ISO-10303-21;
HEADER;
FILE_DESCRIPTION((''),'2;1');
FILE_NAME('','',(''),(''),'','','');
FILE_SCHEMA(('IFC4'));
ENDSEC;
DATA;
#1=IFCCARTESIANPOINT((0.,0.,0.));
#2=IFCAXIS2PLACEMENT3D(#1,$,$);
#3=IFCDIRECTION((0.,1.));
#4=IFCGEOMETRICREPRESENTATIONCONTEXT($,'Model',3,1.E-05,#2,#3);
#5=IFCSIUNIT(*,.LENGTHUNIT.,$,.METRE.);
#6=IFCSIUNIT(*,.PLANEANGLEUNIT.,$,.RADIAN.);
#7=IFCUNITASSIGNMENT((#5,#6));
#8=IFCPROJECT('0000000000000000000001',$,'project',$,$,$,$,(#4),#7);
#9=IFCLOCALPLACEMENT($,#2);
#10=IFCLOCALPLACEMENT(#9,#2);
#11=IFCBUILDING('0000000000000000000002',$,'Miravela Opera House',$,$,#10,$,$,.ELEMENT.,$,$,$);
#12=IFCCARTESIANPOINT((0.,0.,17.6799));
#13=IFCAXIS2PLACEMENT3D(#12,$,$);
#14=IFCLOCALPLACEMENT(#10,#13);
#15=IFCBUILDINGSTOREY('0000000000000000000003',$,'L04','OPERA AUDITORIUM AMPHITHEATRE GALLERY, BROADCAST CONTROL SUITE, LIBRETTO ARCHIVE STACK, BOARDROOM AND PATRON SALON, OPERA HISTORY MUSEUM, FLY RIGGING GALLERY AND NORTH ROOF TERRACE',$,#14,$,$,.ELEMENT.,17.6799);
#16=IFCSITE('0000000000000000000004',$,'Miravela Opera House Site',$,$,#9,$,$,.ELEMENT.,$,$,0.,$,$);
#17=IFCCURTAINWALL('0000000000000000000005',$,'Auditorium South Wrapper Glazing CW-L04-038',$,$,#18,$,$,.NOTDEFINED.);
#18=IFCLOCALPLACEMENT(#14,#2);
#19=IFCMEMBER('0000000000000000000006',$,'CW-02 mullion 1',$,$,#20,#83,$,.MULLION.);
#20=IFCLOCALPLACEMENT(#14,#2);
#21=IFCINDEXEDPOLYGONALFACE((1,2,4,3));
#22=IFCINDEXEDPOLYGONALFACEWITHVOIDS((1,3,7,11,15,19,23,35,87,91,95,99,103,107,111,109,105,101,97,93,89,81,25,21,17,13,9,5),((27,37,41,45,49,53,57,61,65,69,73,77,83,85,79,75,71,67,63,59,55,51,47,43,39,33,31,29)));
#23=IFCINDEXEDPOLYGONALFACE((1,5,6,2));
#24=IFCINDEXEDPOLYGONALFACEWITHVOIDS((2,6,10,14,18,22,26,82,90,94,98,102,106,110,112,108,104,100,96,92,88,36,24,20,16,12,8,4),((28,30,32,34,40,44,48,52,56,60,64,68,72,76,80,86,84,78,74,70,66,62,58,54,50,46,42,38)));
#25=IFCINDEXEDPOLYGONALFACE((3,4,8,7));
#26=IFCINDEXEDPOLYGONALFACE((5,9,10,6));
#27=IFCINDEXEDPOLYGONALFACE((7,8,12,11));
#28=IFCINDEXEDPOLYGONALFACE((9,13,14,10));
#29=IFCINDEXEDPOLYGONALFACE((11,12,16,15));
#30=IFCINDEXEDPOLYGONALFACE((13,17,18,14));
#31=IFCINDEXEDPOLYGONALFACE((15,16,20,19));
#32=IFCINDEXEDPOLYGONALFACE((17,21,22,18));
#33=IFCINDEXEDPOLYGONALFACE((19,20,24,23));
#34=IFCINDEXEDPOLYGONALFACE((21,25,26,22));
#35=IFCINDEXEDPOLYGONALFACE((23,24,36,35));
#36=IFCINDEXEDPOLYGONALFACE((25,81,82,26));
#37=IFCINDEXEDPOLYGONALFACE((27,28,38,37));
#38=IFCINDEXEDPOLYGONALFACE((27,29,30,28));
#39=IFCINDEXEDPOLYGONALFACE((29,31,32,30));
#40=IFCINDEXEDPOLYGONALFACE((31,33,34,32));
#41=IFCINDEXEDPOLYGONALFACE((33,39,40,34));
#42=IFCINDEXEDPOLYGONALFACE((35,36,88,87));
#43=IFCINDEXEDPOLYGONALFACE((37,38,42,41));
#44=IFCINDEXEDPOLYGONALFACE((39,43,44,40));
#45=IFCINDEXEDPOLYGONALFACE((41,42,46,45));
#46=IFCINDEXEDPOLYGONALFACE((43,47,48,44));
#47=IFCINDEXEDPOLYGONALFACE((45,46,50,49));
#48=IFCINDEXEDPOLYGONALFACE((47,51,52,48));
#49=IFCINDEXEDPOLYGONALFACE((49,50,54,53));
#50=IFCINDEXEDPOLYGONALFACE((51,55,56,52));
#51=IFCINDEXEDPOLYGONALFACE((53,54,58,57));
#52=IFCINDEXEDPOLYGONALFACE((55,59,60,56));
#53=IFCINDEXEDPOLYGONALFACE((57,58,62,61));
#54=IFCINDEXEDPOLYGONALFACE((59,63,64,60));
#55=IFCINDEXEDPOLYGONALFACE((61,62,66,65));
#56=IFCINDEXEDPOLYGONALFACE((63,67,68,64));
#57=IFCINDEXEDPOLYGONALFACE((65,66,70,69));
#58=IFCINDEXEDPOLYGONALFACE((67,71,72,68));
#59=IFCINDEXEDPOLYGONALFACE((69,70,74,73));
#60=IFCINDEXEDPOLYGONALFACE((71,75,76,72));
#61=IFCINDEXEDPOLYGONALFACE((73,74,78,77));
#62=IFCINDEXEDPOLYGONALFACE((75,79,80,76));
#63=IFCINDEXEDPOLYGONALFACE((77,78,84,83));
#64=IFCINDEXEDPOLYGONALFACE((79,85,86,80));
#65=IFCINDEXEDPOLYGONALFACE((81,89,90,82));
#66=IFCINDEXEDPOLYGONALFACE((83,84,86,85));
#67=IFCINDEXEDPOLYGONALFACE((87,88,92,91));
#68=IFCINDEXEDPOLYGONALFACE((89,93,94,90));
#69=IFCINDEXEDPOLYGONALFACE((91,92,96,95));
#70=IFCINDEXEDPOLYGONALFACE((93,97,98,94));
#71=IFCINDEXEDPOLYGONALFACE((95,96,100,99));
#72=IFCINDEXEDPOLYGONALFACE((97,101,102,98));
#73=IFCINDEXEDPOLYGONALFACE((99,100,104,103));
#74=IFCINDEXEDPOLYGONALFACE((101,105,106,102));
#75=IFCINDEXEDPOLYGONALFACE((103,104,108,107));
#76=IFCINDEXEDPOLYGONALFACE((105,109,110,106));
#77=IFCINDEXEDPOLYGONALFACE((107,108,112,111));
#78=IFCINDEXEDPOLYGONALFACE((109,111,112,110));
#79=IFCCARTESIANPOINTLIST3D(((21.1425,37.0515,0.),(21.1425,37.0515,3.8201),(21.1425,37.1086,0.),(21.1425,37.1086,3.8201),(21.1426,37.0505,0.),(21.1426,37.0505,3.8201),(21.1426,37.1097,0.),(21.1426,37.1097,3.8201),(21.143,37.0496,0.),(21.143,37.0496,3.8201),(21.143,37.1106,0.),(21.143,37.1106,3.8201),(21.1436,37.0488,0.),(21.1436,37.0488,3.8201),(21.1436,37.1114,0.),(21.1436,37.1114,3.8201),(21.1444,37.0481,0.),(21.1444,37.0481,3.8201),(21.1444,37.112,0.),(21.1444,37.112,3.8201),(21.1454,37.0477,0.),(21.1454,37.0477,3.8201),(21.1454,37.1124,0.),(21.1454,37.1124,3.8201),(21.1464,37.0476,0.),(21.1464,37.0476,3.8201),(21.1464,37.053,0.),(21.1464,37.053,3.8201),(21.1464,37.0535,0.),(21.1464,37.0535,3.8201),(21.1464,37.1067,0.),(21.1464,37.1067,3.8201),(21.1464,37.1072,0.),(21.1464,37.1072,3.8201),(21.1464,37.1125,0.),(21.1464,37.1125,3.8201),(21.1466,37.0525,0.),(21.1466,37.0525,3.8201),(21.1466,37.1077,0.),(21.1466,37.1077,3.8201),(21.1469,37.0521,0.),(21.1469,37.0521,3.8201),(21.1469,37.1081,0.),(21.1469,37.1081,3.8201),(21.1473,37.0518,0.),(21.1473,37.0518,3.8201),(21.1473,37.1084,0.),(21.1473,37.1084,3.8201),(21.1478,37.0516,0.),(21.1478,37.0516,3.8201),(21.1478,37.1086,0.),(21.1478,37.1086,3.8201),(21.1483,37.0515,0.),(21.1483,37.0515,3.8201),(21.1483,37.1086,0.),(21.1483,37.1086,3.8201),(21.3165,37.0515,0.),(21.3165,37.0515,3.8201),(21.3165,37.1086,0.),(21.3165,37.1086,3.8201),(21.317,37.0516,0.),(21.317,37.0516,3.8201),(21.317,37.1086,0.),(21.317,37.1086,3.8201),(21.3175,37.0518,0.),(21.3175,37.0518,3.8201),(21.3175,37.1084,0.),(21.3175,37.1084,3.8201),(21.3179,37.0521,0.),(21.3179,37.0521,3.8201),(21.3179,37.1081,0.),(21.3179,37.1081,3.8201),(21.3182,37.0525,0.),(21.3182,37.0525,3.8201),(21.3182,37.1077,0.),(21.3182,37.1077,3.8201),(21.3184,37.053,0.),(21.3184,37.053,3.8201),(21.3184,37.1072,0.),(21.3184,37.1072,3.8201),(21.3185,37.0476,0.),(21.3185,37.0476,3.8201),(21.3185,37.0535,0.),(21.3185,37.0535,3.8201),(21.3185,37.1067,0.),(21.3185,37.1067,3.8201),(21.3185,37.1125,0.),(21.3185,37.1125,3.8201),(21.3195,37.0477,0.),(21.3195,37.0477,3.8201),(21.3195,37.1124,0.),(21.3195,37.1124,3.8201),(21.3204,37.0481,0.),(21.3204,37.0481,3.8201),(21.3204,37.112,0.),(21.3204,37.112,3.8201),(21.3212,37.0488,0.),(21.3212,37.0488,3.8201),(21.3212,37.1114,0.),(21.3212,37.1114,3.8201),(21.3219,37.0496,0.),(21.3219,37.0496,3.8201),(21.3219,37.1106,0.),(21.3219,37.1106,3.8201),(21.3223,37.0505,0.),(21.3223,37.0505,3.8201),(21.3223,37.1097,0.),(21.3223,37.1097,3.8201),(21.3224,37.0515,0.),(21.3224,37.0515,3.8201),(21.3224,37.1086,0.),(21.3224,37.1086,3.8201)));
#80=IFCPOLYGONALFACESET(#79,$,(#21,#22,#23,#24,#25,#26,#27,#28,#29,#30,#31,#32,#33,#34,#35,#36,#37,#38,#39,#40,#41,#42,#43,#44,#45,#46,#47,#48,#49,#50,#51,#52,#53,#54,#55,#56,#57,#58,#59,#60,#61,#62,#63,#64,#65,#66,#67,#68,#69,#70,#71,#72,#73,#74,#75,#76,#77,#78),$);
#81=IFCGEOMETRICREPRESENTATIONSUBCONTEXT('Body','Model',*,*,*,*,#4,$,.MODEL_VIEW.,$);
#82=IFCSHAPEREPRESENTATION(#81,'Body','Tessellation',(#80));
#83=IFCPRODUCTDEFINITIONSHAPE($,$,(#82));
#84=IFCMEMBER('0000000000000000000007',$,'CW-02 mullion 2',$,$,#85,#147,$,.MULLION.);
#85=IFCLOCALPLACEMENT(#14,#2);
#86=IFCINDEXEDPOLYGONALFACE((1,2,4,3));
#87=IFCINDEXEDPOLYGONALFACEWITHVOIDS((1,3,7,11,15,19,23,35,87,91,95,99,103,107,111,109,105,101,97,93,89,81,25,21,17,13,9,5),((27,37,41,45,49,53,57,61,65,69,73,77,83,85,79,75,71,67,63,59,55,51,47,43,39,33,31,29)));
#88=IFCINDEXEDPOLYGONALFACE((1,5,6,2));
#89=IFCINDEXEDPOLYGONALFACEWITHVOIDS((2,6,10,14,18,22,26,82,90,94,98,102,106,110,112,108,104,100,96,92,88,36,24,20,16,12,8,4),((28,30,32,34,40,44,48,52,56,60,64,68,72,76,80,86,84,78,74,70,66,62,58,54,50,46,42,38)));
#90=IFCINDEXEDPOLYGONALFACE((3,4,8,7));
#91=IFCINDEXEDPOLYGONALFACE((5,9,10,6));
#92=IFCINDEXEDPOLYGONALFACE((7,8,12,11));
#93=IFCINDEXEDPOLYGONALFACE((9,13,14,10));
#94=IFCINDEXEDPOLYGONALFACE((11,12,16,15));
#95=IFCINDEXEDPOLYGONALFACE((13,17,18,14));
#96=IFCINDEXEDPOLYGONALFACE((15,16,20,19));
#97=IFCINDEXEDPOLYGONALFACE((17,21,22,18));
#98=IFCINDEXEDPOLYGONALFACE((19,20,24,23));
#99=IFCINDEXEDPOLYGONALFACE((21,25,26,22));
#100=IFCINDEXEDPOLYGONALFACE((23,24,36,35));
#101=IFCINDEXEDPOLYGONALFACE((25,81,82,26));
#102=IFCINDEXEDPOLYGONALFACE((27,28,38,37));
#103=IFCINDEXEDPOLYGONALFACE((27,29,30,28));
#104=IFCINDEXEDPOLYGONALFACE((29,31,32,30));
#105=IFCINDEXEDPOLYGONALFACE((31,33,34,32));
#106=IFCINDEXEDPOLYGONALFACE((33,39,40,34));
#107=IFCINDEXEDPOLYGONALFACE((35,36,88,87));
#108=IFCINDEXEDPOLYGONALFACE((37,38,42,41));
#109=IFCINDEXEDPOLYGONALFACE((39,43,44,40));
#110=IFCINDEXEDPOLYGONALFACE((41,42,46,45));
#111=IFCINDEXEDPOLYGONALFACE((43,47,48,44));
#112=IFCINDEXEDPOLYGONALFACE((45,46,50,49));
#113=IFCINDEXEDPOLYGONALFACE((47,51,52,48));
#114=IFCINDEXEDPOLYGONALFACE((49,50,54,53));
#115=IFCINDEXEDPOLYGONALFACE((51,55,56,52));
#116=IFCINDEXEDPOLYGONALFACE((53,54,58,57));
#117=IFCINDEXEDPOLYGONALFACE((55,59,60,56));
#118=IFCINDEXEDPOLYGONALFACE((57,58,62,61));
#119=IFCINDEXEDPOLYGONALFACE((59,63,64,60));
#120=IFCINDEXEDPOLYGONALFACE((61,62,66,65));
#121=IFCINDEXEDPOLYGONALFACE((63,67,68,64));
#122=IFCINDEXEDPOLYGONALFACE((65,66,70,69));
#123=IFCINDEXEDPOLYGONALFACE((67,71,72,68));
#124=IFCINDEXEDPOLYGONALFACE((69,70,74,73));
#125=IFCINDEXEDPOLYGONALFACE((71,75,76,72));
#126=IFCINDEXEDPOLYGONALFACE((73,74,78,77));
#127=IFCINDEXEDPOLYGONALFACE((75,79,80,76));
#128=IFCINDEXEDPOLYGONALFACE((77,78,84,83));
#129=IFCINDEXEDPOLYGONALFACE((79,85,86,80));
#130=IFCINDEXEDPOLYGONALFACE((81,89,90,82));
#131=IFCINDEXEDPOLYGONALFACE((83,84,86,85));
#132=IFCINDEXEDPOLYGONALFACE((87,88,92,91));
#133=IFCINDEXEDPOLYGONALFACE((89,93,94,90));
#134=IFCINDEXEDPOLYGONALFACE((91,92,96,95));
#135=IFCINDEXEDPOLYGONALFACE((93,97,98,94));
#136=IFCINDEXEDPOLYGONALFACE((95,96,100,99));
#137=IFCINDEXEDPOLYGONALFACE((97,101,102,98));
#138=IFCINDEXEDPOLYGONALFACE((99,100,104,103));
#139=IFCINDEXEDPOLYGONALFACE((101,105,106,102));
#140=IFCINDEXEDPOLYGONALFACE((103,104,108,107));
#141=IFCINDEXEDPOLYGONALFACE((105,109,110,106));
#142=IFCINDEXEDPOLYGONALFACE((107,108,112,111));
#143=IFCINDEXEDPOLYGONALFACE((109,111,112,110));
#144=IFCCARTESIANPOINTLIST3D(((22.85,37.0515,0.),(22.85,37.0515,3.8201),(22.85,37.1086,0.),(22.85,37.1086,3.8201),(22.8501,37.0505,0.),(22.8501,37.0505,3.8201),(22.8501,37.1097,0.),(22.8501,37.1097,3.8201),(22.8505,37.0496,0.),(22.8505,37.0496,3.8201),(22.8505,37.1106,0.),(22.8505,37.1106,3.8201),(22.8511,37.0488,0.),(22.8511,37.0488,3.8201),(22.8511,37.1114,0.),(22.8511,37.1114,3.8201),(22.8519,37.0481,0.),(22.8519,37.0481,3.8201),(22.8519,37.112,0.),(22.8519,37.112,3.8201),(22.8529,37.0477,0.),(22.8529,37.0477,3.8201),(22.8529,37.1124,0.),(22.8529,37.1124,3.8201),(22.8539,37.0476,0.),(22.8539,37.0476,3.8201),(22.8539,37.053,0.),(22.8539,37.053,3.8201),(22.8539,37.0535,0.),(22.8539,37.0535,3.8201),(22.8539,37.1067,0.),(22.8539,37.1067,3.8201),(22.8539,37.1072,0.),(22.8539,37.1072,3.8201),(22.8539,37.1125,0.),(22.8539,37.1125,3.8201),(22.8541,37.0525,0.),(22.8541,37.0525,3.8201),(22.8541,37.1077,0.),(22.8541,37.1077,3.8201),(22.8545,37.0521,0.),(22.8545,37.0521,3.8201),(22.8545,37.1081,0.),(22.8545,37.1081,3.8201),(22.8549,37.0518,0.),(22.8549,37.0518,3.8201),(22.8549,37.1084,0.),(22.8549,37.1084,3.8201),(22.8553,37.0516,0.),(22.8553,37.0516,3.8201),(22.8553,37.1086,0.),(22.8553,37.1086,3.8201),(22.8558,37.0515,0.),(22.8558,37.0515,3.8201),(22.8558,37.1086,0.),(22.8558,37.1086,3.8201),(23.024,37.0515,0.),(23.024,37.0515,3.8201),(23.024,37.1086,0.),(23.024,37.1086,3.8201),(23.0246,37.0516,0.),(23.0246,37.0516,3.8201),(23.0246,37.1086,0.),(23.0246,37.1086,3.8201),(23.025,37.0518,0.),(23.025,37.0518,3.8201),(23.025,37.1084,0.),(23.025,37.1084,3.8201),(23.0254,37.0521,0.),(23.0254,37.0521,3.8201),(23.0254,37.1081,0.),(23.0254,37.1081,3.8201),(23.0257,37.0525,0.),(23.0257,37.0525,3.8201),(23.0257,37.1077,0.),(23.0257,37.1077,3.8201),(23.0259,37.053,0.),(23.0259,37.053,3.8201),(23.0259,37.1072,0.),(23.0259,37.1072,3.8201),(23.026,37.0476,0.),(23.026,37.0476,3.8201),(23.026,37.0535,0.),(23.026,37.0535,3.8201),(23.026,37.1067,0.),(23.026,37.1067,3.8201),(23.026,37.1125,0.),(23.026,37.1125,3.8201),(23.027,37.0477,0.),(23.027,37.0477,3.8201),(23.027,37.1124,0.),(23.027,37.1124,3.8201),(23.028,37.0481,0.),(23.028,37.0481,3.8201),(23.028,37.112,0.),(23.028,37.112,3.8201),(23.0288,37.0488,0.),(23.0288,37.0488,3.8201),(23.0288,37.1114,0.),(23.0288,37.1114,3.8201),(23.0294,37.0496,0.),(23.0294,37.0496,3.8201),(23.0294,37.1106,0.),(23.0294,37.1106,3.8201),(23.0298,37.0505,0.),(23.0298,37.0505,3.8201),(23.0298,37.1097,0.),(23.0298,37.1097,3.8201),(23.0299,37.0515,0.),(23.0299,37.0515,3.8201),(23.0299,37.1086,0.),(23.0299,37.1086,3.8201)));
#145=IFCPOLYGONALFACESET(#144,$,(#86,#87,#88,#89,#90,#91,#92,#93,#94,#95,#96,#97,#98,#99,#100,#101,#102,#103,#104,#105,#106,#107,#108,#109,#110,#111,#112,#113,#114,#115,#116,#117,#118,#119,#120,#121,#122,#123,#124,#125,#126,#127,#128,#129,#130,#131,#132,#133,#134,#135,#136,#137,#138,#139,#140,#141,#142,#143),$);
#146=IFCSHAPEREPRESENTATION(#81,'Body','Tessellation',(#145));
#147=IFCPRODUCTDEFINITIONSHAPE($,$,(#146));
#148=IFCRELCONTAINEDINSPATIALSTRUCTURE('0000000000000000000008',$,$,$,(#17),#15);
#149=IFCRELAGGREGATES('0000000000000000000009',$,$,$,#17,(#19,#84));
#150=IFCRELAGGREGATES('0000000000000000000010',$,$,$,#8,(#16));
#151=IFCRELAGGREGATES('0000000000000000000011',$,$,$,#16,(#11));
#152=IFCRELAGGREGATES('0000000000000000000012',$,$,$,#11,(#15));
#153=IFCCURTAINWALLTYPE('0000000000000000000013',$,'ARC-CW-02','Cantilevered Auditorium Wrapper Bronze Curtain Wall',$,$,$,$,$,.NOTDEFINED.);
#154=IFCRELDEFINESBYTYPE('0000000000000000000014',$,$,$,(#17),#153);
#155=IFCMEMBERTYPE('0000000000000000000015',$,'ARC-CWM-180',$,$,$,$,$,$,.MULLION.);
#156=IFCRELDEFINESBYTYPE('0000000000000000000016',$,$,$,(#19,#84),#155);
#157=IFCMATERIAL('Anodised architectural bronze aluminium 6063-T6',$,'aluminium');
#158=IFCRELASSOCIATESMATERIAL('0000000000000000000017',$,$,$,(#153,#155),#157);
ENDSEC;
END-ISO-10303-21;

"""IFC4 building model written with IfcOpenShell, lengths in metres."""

from ifc_helpers import new_model, si_unit, direction, frame, origin, origin_2d, place, context, subcontext, project, spatial, hollow_rectangle, extrude, material, material_profile, profile_set, type_object, element, aggregate, save


model = new_model("IFC4")

# Units and contexts
model_context = context("Model", 3, precision=1e-05, world=origin(), true_north=direction((0.0, 1.0)))
body_context = subcontext(model_context, "Body", "Model", "MODEL_VIEW")
ifc_project = project(units=[si_unit("LENGTHUNIT", "METRE"), si_unit("PLANEANGLEUNIT", "RADIAN")], contexts=[model_context])

# Site, building, storey
site_placement = place(None, origin())
site = spatial("IfcSite", under=ifc_project, at=site_placement, Name="Miravela Opera House Site", CompositionType="ELEMENT", RefElevation=0.0)
building_placement = place(site_placement, origin())
building = spatial("IfcBuilding", under=site, at=building_placement, Name="Miravela Opera House", CompositionType="ELEMENT")
storey_placement = place(building_placement, frame((0.0, 0.0, 17.6799)))
storey = spatial("IfcBuildingStorey", under=building, at=storey_placement, Name="L04", Description="OPERA AUDITORIUM AMPHITHEATRE GALLERY, BROADCAST CONTROL SUITE, LIBRETTO ARCHIVE STACK, BOARDROOM AND PATRON SALON, OPERA HISTORY MUSEUM, FLY RIGGING GALLERY AND NORTH ROOF TERRACE", CompositionType="ELEMENT", Elevation=17.6799)

# Curtain wall, members
ifc_material_1 = material(Name="Anodised architectural bronze aluminium 6063-T6", Category="aluminium")
curtain_wall_type = type_object("IfcCurtainWallType", Name="ARC-CW-02", Description="Cantilevered Auditorium Wrapper Bronze Curtain Wall", PredefinedType="NOTDEFINED", material=ifc_material_1)
ifc_material_profile_1 = material_profile(ifc_material_1, hollow_rectangle(XDim=0.0649, YDim=0.1799, WallThickness=0.0039, InnerFilletRadius=0.002, OuterFilletRadius=0.0039, at=origin_2d()), Name="CWM-65X180")
ifc_profile_set_1 = profile_set([ifc_material_profile_1])
member_type_1 = type_object("IfcMemberType", Name="ARC-CWM-180", PredefinedType="MULLION", material=ifc_profile_set_1)
curtain_wall_1_placement = place(storey_placement, origin())
curtain_wall_1 = element("IfcCurtainWall", 1, at=curtain_wall_1_placement, inside=storey, type_object=curtain_wall_type, Name="Auditorium South Wrapper Glazing CW-L04-038", PredefinedType="NOTDEFINED")
member_1_placement = place(storey_placement, frame((21.2324, 37.0801, 0.0), z_axis=(0.0, 0.0, 1.0), x_axis=(0.0, 1.0, 0.0)))
member_1 = element("IfcMember", 2, at=member_1_placement, type_object=member_type_1, Name="CW-02 mullion 1", PredefinedType="MULLION", context=body_context, shape_type="SweptSolid", body=[
    extrude(hollow_rectangle(XDim=0.0649, YDim=0.1799, WallThickness=0.0039, InnerFilletRadius=0.002, OuterFilletRadius=0.0039, at=origin_2d()), origin(), (0.0, 0.0, 1.0), 3.8201),
])
member_2_placement = place(storey_placement, frame((22.9399, 37.0801, 0.0), z_axis=(0.0, 0.0, 1.0), x_axis=(0.0, 1.0, 0.0)))
member_2 = element("IfcMember", 3, at=member_2_placement, type_object=member_type_1, Name="CW-02 mullion 2", PredefinedType="MULLION", context=body_context, shape_type="SweptSolid", body=[
    extrude(hollow_rectangle(XDim=0.0649, YDim=0.1799, WallThickness=0.0039, InnerFilletRadius=0.002, OuterFilletRadius=0.0039, at=origin_2d()), origin(), (0.0, 0.0, 1.0), 3.8201),
])

aggregate(curtain_wall_1, [member_1, member_2])

save(model, "model.ifc")
